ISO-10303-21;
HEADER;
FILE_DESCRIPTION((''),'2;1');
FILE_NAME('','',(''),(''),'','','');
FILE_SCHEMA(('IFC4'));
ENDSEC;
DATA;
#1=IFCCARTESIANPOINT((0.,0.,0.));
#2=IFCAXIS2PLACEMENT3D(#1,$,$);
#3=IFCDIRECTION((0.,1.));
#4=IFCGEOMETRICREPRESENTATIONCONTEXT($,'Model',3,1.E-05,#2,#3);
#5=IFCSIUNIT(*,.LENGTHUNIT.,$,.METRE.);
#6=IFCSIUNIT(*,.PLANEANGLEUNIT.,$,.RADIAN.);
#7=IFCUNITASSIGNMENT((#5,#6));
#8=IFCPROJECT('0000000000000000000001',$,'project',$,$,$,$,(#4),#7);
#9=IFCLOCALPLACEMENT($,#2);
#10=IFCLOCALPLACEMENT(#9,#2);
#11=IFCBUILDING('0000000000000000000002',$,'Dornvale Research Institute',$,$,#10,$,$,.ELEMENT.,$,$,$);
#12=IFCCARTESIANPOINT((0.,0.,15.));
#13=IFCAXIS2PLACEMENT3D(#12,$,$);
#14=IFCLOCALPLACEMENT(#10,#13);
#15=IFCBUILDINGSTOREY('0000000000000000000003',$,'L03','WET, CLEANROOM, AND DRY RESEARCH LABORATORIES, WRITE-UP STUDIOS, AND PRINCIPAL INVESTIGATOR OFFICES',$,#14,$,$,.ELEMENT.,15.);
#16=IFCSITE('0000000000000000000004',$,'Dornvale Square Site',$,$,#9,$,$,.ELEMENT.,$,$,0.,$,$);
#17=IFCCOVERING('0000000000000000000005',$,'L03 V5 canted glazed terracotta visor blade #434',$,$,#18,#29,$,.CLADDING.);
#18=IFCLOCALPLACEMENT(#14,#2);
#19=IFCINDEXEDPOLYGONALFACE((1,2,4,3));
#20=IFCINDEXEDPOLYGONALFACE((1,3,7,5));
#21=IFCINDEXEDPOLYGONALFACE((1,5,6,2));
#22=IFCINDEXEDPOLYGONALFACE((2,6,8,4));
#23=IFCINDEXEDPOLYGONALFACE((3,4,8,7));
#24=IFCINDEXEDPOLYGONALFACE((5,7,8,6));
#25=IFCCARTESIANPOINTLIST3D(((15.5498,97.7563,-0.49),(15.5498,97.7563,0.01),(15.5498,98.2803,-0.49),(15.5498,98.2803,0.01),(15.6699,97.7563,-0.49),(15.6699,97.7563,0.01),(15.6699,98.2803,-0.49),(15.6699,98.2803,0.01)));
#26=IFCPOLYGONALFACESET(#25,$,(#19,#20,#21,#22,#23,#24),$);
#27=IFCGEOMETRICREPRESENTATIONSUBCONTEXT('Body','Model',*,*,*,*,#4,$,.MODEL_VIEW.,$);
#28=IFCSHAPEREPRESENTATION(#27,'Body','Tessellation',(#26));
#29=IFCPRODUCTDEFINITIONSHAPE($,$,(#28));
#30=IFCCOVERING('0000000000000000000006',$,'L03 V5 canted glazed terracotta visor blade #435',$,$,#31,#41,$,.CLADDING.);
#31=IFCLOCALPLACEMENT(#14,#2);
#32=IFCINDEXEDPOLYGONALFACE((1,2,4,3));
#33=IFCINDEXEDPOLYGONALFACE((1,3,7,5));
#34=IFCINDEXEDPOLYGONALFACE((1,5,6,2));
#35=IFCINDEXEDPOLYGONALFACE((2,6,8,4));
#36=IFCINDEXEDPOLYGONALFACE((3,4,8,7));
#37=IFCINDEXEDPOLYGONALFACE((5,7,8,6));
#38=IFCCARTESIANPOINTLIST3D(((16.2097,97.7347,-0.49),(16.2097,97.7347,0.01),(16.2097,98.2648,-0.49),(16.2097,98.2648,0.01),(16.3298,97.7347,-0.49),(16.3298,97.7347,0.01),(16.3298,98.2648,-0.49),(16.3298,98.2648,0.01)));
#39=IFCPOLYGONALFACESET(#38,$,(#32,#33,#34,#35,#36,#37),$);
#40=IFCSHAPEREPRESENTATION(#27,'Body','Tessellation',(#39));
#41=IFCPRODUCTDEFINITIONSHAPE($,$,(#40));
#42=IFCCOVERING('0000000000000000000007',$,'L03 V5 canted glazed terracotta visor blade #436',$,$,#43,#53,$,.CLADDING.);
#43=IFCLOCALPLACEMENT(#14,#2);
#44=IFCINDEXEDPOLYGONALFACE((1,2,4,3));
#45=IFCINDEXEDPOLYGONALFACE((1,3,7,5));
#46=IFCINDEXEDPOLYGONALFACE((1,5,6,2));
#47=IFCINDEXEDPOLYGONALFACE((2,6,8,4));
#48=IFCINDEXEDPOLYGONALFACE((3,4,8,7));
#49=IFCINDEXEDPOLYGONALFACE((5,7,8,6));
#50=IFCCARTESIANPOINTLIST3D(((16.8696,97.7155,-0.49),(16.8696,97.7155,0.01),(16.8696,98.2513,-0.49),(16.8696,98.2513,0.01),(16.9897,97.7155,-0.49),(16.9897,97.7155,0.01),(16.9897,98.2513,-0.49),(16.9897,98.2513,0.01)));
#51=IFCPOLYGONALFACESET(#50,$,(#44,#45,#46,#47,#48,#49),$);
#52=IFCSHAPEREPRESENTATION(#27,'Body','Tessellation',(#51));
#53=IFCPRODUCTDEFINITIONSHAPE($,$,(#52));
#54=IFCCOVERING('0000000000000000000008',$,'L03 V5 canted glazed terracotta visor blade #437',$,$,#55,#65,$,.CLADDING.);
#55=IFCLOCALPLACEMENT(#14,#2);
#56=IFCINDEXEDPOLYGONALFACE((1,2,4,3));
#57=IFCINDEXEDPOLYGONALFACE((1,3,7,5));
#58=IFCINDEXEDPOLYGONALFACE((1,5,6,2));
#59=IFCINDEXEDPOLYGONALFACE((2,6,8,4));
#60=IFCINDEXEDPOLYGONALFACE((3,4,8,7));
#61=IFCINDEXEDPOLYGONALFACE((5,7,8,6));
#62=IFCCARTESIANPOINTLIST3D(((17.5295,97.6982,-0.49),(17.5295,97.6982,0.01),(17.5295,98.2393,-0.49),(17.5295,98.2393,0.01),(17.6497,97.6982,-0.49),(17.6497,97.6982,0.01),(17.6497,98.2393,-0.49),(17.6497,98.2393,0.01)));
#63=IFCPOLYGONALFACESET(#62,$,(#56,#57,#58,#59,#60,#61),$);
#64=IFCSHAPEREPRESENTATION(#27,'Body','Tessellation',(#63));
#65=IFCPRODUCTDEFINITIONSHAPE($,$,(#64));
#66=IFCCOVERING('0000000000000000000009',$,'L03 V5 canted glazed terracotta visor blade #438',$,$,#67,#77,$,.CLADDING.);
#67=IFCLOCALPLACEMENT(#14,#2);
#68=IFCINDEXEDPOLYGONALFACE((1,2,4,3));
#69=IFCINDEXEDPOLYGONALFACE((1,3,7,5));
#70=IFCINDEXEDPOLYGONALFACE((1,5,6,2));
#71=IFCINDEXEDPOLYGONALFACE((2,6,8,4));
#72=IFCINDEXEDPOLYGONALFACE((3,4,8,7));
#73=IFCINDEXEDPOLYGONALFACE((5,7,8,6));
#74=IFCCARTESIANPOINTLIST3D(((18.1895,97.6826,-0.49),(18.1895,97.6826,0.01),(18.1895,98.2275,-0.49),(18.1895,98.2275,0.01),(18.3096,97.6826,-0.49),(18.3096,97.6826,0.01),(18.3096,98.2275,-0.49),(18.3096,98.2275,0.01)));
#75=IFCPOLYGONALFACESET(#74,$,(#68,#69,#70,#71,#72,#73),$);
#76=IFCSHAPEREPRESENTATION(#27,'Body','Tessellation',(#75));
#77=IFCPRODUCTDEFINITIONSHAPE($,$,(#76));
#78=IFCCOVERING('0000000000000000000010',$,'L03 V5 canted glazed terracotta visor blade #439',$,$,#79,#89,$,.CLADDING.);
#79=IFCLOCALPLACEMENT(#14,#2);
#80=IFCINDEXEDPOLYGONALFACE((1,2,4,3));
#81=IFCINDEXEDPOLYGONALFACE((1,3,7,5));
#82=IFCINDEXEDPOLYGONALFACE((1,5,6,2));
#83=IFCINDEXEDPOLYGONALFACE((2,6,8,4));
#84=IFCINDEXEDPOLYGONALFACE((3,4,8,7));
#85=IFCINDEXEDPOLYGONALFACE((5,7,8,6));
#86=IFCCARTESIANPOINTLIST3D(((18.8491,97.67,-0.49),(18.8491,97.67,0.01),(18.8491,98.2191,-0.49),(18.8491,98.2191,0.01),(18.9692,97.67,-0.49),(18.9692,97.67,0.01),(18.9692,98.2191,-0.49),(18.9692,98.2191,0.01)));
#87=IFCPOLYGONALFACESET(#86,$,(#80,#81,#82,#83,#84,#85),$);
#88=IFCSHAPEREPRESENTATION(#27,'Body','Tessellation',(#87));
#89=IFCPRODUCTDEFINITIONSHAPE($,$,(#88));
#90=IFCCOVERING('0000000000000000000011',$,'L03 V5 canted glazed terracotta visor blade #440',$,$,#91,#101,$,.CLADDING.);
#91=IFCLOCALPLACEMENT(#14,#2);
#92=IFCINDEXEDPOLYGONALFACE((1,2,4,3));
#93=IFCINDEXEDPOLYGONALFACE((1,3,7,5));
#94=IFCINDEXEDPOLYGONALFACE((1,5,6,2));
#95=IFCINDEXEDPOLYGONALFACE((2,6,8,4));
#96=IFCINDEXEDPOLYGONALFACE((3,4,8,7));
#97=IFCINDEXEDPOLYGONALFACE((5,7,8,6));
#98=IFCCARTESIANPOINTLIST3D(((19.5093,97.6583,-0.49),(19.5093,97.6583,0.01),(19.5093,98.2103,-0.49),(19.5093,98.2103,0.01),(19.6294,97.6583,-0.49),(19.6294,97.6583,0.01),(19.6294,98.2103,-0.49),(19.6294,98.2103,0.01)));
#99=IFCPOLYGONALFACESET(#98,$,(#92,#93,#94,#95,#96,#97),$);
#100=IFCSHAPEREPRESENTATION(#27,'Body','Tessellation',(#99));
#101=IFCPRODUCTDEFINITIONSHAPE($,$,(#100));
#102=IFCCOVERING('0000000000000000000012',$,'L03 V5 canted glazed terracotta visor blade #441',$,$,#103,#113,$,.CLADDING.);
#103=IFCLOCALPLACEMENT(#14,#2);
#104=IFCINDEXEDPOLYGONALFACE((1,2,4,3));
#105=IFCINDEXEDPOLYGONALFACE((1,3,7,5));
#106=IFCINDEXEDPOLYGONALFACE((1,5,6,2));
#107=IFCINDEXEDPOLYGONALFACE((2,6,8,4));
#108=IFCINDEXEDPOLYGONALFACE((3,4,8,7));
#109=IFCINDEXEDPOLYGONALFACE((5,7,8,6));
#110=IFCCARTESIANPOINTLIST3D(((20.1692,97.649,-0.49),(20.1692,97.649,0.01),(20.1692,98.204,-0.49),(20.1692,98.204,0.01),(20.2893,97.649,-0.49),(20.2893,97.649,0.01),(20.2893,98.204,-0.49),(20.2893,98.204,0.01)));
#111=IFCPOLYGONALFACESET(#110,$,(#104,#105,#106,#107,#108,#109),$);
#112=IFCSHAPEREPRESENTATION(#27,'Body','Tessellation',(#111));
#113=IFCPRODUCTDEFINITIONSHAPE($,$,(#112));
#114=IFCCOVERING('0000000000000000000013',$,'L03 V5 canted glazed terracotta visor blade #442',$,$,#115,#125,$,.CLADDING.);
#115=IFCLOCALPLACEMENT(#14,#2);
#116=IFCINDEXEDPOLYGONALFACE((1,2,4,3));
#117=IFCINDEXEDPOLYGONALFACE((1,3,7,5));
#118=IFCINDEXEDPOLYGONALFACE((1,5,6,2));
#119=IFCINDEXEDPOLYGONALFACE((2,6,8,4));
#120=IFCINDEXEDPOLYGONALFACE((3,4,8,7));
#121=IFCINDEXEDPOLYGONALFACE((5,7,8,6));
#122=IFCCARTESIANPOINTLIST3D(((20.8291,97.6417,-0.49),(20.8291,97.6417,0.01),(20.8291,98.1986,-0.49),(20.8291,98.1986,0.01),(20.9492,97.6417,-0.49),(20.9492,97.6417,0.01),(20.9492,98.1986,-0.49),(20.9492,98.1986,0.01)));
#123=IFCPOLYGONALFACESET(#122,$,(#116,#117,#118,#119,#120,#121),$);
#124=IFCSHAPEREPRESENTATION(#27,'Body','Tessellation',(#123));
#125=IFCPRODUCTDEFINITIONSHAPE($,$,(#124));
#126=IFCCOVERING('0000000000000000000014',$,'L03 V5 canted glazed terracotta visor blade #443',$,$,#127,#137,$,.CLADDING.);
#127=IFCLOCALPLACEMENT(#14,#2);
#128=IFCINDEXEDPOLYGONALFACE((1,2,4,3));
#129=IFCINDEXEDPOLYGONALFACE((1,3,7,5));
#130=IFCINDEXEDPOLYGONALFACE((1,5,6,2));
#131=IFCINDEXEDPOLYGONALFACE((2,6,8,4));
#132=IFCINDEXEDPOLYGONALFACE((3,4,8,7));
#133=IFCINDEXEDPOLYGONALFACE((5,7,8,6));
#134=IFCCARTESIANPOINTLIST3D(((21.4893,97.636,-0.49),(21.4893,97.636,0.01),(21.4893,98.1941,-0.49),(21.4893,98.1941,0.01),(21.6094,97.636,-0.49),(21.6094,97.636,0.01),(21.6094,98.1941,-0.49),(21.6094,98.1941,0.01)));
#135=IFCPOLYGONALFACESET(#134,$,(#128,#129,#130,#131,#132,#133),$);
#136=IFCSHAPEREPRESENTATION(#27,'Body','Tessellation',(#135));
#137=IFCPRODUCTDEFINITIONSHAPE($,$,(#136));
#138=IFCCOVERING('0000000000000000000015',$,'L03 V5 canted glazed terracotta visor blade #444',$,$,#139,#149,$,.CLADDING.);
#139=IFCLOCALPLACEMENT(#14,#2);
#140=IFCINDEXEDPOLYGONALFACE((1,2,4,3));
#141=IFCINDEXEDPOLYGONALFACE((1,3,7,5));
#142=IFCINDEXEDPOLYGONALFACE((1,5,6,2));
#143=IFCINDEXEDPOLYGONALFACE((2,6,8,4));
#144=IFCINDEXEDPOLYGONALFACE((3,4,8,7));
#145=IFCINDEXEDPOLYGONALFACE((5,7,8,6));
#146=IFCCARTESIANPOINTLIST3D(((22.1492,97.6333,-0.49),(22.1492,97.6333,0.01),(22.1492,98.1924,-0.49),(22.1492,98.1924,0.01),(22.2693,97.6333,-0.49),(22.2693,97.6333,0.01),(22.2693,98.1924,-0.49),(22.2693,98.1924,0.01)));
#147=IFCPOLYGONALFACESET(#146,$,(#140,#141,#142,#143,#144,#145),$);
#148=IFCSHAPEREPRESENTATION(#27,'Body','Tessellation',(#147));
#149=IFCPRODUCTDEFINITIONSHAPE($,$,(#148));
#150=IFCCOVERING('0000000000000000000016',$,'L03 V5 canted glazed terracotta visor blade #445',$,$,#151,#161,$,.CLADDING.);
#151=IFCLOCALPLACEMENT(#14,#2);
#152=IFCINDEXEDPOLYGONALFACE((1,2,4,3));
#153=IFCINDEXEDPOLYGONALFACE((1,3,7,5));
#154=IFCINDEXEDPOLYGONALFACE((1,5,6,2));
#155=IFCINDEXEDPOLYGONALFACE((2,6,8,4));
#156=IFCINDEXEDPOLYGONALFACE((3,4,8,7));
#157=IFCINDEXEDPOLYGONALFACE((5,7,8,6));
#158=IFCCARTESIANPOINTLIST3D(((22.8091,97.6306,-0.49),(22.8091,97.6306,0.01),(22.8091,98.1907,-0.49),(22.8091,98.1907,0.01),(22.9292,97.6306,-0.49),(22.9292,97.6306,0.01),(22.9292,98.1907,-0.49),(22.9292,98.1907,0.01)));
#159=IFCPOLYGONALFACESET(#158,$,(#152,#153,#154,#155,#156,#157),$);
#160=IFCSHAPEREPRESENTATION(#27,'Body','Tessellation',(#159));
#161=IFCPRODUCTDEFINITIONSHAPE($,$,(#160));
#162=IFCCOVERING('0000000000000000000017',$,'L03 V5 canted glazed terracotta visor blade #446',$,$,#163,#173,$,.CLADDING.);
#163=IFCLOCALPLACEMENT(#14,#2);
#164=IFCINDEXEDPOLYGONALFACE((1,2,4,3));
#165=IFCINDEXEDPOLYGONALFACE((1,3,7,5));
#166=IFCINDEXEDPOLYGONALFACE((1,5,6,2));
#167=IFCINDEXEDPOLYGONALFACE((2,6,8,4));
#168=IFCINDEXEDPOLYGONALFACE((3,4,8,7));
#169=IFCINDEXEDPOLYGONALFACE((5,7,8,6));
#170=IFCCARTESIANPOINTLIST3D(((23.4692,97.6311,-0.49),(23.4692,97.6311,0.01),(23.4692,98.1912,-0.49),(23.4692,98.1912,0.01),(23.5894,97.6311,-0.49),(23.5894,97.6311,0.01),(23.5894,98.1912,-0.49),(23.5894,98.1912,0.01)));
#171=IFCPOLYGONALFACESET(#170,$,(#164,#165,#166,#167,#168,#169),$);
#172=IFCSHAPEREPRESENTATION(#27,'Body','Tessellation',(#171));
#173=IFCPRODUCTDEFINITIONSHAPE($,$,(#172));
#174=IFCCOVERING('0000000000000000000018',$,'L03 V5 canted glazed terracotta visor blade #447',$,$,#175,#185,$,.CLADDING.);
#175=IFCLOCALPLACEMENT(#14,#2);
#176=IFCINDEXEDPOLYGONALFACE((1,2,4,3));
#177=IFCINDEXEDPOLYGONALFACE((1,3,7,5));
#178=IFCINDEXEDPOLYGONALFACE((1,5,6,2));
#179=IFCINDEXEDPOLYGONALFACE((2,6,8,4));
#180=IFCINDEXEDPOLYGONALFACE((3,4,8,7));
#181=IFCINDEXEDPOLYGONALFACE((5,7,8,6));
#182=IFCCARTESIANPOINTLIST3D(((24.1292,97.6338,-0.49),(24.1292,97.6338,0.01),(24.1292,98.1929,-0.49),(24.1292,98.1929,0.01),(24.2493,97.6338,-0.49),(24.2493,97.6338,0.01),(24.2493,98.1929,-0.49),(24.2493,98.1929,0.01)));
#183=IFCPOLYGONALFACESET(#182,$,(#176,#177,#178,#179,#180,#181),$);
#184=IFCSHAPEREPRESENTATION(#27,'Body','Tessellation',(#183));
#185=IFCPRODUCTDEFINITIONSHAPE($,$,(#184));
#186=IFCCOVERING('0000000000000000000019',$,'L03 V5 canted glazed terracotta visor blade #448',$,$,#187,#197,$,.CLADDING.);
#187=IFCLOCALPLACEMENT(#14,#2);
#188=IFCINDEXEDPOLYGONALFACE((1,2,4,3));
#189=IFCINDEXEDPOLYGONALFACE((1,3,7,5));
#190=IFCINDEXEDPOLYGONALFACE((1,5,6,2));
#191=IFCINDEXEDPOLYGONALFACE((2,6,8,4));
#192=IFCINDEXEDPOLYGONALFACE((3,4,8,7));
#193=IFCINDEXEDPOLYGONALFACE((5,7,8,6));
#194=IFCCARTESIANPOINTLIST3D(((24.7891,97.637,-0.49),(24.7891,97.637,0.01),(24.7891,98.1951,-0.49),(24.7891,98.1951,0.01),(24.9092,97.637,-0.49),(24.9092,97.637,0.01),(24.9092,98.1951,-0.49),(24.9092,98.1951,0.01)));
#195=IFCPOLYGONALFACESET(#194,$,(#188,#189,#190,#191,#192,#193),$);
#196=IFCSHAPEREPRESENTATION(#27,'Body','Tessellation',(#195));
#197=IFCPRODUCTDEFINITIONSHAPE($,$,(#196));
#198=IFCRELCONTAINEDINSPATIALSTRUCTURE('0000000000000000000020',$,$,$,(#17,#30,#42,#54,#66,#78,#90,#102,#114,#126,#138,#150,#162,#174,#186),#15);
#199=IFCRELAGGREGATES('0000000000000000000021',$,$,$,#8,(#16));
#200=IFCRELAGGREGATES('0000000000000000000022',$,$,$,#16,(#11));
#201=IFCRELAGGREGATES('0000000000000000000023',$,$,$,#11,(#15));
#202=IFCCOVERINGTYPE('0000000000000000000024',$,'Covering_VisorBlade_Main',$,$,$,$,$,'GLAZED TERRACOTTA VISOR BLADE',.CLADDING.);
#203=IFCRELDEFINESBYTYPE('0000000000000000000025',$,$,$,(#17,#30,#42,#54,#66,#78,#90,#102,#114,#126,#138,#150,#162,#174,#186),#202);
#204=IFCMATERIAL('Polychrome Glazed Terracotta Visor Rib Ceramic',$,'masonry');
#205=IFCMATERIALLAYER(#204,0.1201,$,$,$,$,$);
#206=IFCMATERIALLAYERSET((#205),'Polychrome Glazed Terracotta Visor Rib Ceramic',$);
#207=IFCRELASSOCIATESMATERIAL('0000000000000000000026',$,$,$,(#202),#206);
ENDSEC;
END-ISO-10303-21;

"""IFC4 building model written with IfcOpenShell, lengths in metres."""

from ifc_helpers import new_model, si_unit, direction, frame, origin, origin_2d, place, context, subcontext, project, spatial, rectangle, extrude, material, layer, layer_set, type_object, element, save


model = new_model("IFC4")

# Units and contexts
model_context = context("Model", 3, precision=1e-05, world=origin(), true_north=direction((0.0, 1.0)))
body_context = subcontext(model_context, "Body", "Model", "MODEL_VIEW")
ifc_project = project(units=[si_unit("LENGTHUNIT", "METRE"), si_unit("PLANEANGLEUNIT", "RADIAN")], contexts=[model_context])

# Site, building, storey
site_placement = place(None, origin())
site = spatial("IfcSite", under=ifc_project, at=site_placement, Name="Dornvale Square Site", CompositionType="ELEMENT", RefElevation=0.0)
building_placement = place(site_placement, origin())
building = spatial("IfcBuilding", under=site, at=building_placement, Name="Dornvale Research Institute", CompositionType="ELEMENT")
storey_placement = place(building_placement, frame((0.0, 0.0, 15.0)))
storey = spatial("IfcBuildingStorey", under=building, at=storey_placement, Name="L03", Description="WET, CLEANROOM, AND DRY RESEARCH LABORATORIES, WRITE-UP STUDIOS, AND PRINCIPAL INVESTIGATOR OFFICES", CompositionType="ELEMENT", Elevation=15.0)

# Coverings
ifc_material = material(Name="Polychrome Glazed Terracotta Visor Rib Ceramic", Category="masonry")
ifc_layer = layer(ifc_material, 0.1201)
ifc_layer_set = layer_set([ifc_layer], Name="Polychrome Glazed Terracotta Visor Rib Ceramic")
covering_type = type_object("IfcCoveringType", Name="Covering_VisorBlade_Main", ElementType="GLAZED TERRACOTTA VISOR BLADE", PredefinedType="CLADDING", material=ifc_layer_set)
covering_1_placement = place(storey_placement, frame((15.6099, 98.0183, -0.49), z_axis=(0.0, 0.0, 1.0), x_axis=(0.0, 1.0, 0.0)))
element("IfcCovering", 1, at=covering_1_placement, inside=storey, type_object=covering_type, Name="L03 V5 canted glazed terracotta visor blade #434", PredefinedType="CLADDING", context=body_context, shape_type="SweptSolid", body=[
    extrude(rectangle(XDim=0.5239, YDim=0.1201, at=origin_2d()), origin(), (0.0, 0.0, 1.0), 0.5),
])
covering_2_placement = place(storey_placement, frame((16.2698, 97.9998, -0.49), z_axis=(0.0, 0.0, 1.0), x_axis=(0.0, 1.0, 0.0)))
element("IfcCovering", 2, at=covering_2_placement, inside=storey, type_object=covering_type, Name="L03 V5 canted glazed terracotta visor blade #435", PredefinedType="CLADDING", context=body_context, shape_type="SweptSolid", body=[
    extrude(rectangle(XDim=0.53, YDim=0.1201, at=origin_2d()), origin(), (0.0, 0.0, 1.0), 0.5),
])
covering_3_placement = place(storey_placement, frame((16.9297, 97.9834, -0.49), z_axis=(0.0, 0.0, 1.0), x_axis=(0.0, 1.0, 0.0)))
element("IfcCovering", 3, at=covering_3_placement, inside=storey, type_object=covering_type, Name="L03 V5 canted glazed terracotta visor blade #436", PredefinedType="CLADDING", context=body_context, shape_type="SweptSolid", body=[
    extrude(rectangle(XDim=0.5359, YDim=0.1201, at=origin_2d()), origin(), (0.0, 0.0, 1.0), 0.5),
])
covering_4_placement = place(storey_placement, frame((17.5896, 97.9688, -0.49), z_axis=(0.0, 0.0, 1.0), x_axis=(0.0, 1.0, 0.0)))
element("IfcCovering", 4, at=covering_4_placement, inside=storey, type_object=covering_type, Name="L03 V5 canted glazed terracotta visor blade #437", PredefinedType="CLADDING", context=body_context, shape_type="SweptSolid", body=[
    extrude(rectangle(XDim=0.541, YDim=0.1201, at=origin_2d()), origin(), (0.0, 0.0, 1.0), 0.5),
])
covering_5_placement = place(storey_placement, frame((18.2495, 97.9551, -0.49), z_axis=(0.0, 0.0, 1.0), x_axis=(0.0, 1.0, 0.0)))
element("IfcCovering", 5, at=covering_5_placement, inside=storey, type_object=covering_type, Name="L03 V5 canted glazed terracotta visor blade #438", PredefinedType="CLADDING", context=body_context, shape_type="SweptSolid", body=[
    extrude(rectangle(XDim=0.5449, YDim=0.1201, at=origin_2d()), origin(), (0.0, 0.0, 1.0), 0.5),
])
covering_6_placement = place(storey_placement, frame((18.9092, 97.9446, -0.49), z_axis=(0.0, 0.0, 1.0), x_axis=(0.0, 1.0, 0.0)))
element("IfcCovering", 6, at=covering_6_placement, inside=storey, type_object=covering_type, Name="L03 V5 canted glazed terracotta visor blade #439", PredefinedType="CLADDING", context=body_context, shape_type="SweptSolid", body=[
    extrude(rectangle(XDim=0.5491, YDim=0.1201, at=origin_2d()), origin(), (0.0, 0.0, 1.0), 0.5),
])
covering_7_placement = place(storey_placement, frame((19.5693, 97.9343, -0.49), z_axis=(0.0, 0.0, 1.0), x_axis=(0.0, 1.0, 0.0)))
element("IfcCovering", 7, at=covering_7_placement, inside=storey, type_object=covering_type, Name="L03 V5 canted glazed terracotta visor blade #440", PredefinedType="CLADDING", context=body_context, shape_type="SweptSolid", body=[
    extrude(rectangle(XDim=0.552, YDim=0.1201, at=origin_2d()), origin(), (0.0, 0.0, 1.0), 0.5),
])
covering_8_placement = place(storey_placement, frame((20.2292, 97.9265, -0.49), z_axis=(0.0, 0.0, 1.0), x_axis=(0.0, 1.0, 0.0)))
element("IfcCovering", 8, at=covering_8_placement, inside=storey, type_object=covering_type, Name="L03 V5 canted glazed terracotta visor blade #441", PredefinedType="CLADDING", context=body_context, shape_type="SweptSolid", body=[
    extrude(rectangle(XDim=0.5549, YDim=0.1201, at=origin_2d()), origin(), (0.0, 0.0, 1.0), 0.5),
])
covering_9_placement = place(storey_placement, frame((20.8892, 97.9202, -0.49), z_axis=(0.0, 0.0, 1.0), x_axis=(0.0, 1.0, 0.0)))
element("IfcCovering", 9, at=covering_9_placement, inside=storey, type_object=covering_type, Name="L03 V5 canted glazed terracotta visor blade #442", PredefinedType="CLADDING", context=body_context, shape_type="SweptSolid", body=[
    extrude(rectangle(XDim=0.5569, YDim=0.1201, at=origin_2d()), origin(), (0.0, 0.0, 1.0), 0.5),
])
covering_10_placement = place(storey_placement, frame((21.5493, 97.915, -0.49), z_axis=(0.0, 0.0, 1.0), x_axis=(0.0, 1.0, 0.0)))
element("IfcCovering", 10, at=covering_10_placement, inside=storey, type_object=covering_type, Name="L03 V5 canted glazed terracotta visor blade #443", PredefinedType="CLADDING", context=body_context, shape_type="SweptSolid", body=[
    extrude(rectangle(XDim=0.5581, YDim=0.1201, at=origin_2d()), origin(), (0.0, 0.0, 1.0), 0.5),
])
covering_11_placement = place(storey_placement, frame((22.2092, 97.9128, -0.49), z_axis=(0.0, 0.0, 1.0), x_axis=(0.0, 1.0, 0.0)))
element("IfcCovering", 11, at=covering_11_placement, inside=storey, type_object=covering_type, Name="L03 V5 canted glazed terracotta visor blade #444", PredefinedType="CLADDING", context=body_context, shape_type="SweptSolid", body=[
    extrude(rectangle(XDim=0.5591, YDim=0.1201, at=origin_2d()), origin(), (0.0, 0.0, 1.0), 0.5),
])
for number, where, z_axis, x_axis, name in (
    (12, (22.8691, 97.9106, -0.49), (0.0, 0.0, 1.0), (0.0, 1.0, 0.0), "L03 V5 canted glazed terracotta visor blade #445"),
    (13, (23.5293, 97.9111, -0.49), (0.0, 0.0, 1.0), (0.0, 1.0, 0.0), "L03 V5 canted glazed terracotta visor blade #446"),
):
    element("IfcCovering", number, at=place(storey_placement, frame(where, z_axis=z_axis, x_axis=x_axis)), inside=storey, type_object=covering_type, Name=name, PredefinedType="CLADDING", context=body_context, shape_type="SweptSolid", body=[
        extrude(rectangle(XDim=0.5601, YDim=0.1201, at=origin_2d()), origin(), (0.0, 0.0, 1.0), 0.5),
    ])
covering_12_placement = place(storey_placement, frame((24.1892, 97.9133, -0.49), z_axis=(0.0, 0.0, 1.0), x_axis=(0.0, 1.0, 0.0)))
element("IfcCovering", 14, at=covering_12_placement, inside=storey, type_object=covering_type, Name="L03 V5 canted glazed terracotta visor blade #447", PredefinedType="CLADDING", context=body_context, shape_type="SweptSolid", body=[
    extrude(rectangle(XDim=0.5591, YDim=0.1201, at=origin_2d()), origin(), (0.0, 0.0, 1.0), 0.5),
])
covering_13_placement = place(storey_placement, frame((24.8491, 97.916, -0.49), z_axis=(0.0, 0.0, 1.0), x_axis=(0.0, 1.0, 0.0)))
element("IfcCovering", 15, at=covering_13_placement, inside=storey, type_object=covering_type, Name="L03 V5 canted glazed terracotta visor blade #448", PredefinedType="CLADDING", context=body_context, shape_type="SweptSolid", body=[
    extrude(rectangle(XDim=0.5581, YDim=0.1201, at=origin_2d()), origin(), (0.0, 0.0, 1.0), 0.5),
])

save(model, "model.ifc")
